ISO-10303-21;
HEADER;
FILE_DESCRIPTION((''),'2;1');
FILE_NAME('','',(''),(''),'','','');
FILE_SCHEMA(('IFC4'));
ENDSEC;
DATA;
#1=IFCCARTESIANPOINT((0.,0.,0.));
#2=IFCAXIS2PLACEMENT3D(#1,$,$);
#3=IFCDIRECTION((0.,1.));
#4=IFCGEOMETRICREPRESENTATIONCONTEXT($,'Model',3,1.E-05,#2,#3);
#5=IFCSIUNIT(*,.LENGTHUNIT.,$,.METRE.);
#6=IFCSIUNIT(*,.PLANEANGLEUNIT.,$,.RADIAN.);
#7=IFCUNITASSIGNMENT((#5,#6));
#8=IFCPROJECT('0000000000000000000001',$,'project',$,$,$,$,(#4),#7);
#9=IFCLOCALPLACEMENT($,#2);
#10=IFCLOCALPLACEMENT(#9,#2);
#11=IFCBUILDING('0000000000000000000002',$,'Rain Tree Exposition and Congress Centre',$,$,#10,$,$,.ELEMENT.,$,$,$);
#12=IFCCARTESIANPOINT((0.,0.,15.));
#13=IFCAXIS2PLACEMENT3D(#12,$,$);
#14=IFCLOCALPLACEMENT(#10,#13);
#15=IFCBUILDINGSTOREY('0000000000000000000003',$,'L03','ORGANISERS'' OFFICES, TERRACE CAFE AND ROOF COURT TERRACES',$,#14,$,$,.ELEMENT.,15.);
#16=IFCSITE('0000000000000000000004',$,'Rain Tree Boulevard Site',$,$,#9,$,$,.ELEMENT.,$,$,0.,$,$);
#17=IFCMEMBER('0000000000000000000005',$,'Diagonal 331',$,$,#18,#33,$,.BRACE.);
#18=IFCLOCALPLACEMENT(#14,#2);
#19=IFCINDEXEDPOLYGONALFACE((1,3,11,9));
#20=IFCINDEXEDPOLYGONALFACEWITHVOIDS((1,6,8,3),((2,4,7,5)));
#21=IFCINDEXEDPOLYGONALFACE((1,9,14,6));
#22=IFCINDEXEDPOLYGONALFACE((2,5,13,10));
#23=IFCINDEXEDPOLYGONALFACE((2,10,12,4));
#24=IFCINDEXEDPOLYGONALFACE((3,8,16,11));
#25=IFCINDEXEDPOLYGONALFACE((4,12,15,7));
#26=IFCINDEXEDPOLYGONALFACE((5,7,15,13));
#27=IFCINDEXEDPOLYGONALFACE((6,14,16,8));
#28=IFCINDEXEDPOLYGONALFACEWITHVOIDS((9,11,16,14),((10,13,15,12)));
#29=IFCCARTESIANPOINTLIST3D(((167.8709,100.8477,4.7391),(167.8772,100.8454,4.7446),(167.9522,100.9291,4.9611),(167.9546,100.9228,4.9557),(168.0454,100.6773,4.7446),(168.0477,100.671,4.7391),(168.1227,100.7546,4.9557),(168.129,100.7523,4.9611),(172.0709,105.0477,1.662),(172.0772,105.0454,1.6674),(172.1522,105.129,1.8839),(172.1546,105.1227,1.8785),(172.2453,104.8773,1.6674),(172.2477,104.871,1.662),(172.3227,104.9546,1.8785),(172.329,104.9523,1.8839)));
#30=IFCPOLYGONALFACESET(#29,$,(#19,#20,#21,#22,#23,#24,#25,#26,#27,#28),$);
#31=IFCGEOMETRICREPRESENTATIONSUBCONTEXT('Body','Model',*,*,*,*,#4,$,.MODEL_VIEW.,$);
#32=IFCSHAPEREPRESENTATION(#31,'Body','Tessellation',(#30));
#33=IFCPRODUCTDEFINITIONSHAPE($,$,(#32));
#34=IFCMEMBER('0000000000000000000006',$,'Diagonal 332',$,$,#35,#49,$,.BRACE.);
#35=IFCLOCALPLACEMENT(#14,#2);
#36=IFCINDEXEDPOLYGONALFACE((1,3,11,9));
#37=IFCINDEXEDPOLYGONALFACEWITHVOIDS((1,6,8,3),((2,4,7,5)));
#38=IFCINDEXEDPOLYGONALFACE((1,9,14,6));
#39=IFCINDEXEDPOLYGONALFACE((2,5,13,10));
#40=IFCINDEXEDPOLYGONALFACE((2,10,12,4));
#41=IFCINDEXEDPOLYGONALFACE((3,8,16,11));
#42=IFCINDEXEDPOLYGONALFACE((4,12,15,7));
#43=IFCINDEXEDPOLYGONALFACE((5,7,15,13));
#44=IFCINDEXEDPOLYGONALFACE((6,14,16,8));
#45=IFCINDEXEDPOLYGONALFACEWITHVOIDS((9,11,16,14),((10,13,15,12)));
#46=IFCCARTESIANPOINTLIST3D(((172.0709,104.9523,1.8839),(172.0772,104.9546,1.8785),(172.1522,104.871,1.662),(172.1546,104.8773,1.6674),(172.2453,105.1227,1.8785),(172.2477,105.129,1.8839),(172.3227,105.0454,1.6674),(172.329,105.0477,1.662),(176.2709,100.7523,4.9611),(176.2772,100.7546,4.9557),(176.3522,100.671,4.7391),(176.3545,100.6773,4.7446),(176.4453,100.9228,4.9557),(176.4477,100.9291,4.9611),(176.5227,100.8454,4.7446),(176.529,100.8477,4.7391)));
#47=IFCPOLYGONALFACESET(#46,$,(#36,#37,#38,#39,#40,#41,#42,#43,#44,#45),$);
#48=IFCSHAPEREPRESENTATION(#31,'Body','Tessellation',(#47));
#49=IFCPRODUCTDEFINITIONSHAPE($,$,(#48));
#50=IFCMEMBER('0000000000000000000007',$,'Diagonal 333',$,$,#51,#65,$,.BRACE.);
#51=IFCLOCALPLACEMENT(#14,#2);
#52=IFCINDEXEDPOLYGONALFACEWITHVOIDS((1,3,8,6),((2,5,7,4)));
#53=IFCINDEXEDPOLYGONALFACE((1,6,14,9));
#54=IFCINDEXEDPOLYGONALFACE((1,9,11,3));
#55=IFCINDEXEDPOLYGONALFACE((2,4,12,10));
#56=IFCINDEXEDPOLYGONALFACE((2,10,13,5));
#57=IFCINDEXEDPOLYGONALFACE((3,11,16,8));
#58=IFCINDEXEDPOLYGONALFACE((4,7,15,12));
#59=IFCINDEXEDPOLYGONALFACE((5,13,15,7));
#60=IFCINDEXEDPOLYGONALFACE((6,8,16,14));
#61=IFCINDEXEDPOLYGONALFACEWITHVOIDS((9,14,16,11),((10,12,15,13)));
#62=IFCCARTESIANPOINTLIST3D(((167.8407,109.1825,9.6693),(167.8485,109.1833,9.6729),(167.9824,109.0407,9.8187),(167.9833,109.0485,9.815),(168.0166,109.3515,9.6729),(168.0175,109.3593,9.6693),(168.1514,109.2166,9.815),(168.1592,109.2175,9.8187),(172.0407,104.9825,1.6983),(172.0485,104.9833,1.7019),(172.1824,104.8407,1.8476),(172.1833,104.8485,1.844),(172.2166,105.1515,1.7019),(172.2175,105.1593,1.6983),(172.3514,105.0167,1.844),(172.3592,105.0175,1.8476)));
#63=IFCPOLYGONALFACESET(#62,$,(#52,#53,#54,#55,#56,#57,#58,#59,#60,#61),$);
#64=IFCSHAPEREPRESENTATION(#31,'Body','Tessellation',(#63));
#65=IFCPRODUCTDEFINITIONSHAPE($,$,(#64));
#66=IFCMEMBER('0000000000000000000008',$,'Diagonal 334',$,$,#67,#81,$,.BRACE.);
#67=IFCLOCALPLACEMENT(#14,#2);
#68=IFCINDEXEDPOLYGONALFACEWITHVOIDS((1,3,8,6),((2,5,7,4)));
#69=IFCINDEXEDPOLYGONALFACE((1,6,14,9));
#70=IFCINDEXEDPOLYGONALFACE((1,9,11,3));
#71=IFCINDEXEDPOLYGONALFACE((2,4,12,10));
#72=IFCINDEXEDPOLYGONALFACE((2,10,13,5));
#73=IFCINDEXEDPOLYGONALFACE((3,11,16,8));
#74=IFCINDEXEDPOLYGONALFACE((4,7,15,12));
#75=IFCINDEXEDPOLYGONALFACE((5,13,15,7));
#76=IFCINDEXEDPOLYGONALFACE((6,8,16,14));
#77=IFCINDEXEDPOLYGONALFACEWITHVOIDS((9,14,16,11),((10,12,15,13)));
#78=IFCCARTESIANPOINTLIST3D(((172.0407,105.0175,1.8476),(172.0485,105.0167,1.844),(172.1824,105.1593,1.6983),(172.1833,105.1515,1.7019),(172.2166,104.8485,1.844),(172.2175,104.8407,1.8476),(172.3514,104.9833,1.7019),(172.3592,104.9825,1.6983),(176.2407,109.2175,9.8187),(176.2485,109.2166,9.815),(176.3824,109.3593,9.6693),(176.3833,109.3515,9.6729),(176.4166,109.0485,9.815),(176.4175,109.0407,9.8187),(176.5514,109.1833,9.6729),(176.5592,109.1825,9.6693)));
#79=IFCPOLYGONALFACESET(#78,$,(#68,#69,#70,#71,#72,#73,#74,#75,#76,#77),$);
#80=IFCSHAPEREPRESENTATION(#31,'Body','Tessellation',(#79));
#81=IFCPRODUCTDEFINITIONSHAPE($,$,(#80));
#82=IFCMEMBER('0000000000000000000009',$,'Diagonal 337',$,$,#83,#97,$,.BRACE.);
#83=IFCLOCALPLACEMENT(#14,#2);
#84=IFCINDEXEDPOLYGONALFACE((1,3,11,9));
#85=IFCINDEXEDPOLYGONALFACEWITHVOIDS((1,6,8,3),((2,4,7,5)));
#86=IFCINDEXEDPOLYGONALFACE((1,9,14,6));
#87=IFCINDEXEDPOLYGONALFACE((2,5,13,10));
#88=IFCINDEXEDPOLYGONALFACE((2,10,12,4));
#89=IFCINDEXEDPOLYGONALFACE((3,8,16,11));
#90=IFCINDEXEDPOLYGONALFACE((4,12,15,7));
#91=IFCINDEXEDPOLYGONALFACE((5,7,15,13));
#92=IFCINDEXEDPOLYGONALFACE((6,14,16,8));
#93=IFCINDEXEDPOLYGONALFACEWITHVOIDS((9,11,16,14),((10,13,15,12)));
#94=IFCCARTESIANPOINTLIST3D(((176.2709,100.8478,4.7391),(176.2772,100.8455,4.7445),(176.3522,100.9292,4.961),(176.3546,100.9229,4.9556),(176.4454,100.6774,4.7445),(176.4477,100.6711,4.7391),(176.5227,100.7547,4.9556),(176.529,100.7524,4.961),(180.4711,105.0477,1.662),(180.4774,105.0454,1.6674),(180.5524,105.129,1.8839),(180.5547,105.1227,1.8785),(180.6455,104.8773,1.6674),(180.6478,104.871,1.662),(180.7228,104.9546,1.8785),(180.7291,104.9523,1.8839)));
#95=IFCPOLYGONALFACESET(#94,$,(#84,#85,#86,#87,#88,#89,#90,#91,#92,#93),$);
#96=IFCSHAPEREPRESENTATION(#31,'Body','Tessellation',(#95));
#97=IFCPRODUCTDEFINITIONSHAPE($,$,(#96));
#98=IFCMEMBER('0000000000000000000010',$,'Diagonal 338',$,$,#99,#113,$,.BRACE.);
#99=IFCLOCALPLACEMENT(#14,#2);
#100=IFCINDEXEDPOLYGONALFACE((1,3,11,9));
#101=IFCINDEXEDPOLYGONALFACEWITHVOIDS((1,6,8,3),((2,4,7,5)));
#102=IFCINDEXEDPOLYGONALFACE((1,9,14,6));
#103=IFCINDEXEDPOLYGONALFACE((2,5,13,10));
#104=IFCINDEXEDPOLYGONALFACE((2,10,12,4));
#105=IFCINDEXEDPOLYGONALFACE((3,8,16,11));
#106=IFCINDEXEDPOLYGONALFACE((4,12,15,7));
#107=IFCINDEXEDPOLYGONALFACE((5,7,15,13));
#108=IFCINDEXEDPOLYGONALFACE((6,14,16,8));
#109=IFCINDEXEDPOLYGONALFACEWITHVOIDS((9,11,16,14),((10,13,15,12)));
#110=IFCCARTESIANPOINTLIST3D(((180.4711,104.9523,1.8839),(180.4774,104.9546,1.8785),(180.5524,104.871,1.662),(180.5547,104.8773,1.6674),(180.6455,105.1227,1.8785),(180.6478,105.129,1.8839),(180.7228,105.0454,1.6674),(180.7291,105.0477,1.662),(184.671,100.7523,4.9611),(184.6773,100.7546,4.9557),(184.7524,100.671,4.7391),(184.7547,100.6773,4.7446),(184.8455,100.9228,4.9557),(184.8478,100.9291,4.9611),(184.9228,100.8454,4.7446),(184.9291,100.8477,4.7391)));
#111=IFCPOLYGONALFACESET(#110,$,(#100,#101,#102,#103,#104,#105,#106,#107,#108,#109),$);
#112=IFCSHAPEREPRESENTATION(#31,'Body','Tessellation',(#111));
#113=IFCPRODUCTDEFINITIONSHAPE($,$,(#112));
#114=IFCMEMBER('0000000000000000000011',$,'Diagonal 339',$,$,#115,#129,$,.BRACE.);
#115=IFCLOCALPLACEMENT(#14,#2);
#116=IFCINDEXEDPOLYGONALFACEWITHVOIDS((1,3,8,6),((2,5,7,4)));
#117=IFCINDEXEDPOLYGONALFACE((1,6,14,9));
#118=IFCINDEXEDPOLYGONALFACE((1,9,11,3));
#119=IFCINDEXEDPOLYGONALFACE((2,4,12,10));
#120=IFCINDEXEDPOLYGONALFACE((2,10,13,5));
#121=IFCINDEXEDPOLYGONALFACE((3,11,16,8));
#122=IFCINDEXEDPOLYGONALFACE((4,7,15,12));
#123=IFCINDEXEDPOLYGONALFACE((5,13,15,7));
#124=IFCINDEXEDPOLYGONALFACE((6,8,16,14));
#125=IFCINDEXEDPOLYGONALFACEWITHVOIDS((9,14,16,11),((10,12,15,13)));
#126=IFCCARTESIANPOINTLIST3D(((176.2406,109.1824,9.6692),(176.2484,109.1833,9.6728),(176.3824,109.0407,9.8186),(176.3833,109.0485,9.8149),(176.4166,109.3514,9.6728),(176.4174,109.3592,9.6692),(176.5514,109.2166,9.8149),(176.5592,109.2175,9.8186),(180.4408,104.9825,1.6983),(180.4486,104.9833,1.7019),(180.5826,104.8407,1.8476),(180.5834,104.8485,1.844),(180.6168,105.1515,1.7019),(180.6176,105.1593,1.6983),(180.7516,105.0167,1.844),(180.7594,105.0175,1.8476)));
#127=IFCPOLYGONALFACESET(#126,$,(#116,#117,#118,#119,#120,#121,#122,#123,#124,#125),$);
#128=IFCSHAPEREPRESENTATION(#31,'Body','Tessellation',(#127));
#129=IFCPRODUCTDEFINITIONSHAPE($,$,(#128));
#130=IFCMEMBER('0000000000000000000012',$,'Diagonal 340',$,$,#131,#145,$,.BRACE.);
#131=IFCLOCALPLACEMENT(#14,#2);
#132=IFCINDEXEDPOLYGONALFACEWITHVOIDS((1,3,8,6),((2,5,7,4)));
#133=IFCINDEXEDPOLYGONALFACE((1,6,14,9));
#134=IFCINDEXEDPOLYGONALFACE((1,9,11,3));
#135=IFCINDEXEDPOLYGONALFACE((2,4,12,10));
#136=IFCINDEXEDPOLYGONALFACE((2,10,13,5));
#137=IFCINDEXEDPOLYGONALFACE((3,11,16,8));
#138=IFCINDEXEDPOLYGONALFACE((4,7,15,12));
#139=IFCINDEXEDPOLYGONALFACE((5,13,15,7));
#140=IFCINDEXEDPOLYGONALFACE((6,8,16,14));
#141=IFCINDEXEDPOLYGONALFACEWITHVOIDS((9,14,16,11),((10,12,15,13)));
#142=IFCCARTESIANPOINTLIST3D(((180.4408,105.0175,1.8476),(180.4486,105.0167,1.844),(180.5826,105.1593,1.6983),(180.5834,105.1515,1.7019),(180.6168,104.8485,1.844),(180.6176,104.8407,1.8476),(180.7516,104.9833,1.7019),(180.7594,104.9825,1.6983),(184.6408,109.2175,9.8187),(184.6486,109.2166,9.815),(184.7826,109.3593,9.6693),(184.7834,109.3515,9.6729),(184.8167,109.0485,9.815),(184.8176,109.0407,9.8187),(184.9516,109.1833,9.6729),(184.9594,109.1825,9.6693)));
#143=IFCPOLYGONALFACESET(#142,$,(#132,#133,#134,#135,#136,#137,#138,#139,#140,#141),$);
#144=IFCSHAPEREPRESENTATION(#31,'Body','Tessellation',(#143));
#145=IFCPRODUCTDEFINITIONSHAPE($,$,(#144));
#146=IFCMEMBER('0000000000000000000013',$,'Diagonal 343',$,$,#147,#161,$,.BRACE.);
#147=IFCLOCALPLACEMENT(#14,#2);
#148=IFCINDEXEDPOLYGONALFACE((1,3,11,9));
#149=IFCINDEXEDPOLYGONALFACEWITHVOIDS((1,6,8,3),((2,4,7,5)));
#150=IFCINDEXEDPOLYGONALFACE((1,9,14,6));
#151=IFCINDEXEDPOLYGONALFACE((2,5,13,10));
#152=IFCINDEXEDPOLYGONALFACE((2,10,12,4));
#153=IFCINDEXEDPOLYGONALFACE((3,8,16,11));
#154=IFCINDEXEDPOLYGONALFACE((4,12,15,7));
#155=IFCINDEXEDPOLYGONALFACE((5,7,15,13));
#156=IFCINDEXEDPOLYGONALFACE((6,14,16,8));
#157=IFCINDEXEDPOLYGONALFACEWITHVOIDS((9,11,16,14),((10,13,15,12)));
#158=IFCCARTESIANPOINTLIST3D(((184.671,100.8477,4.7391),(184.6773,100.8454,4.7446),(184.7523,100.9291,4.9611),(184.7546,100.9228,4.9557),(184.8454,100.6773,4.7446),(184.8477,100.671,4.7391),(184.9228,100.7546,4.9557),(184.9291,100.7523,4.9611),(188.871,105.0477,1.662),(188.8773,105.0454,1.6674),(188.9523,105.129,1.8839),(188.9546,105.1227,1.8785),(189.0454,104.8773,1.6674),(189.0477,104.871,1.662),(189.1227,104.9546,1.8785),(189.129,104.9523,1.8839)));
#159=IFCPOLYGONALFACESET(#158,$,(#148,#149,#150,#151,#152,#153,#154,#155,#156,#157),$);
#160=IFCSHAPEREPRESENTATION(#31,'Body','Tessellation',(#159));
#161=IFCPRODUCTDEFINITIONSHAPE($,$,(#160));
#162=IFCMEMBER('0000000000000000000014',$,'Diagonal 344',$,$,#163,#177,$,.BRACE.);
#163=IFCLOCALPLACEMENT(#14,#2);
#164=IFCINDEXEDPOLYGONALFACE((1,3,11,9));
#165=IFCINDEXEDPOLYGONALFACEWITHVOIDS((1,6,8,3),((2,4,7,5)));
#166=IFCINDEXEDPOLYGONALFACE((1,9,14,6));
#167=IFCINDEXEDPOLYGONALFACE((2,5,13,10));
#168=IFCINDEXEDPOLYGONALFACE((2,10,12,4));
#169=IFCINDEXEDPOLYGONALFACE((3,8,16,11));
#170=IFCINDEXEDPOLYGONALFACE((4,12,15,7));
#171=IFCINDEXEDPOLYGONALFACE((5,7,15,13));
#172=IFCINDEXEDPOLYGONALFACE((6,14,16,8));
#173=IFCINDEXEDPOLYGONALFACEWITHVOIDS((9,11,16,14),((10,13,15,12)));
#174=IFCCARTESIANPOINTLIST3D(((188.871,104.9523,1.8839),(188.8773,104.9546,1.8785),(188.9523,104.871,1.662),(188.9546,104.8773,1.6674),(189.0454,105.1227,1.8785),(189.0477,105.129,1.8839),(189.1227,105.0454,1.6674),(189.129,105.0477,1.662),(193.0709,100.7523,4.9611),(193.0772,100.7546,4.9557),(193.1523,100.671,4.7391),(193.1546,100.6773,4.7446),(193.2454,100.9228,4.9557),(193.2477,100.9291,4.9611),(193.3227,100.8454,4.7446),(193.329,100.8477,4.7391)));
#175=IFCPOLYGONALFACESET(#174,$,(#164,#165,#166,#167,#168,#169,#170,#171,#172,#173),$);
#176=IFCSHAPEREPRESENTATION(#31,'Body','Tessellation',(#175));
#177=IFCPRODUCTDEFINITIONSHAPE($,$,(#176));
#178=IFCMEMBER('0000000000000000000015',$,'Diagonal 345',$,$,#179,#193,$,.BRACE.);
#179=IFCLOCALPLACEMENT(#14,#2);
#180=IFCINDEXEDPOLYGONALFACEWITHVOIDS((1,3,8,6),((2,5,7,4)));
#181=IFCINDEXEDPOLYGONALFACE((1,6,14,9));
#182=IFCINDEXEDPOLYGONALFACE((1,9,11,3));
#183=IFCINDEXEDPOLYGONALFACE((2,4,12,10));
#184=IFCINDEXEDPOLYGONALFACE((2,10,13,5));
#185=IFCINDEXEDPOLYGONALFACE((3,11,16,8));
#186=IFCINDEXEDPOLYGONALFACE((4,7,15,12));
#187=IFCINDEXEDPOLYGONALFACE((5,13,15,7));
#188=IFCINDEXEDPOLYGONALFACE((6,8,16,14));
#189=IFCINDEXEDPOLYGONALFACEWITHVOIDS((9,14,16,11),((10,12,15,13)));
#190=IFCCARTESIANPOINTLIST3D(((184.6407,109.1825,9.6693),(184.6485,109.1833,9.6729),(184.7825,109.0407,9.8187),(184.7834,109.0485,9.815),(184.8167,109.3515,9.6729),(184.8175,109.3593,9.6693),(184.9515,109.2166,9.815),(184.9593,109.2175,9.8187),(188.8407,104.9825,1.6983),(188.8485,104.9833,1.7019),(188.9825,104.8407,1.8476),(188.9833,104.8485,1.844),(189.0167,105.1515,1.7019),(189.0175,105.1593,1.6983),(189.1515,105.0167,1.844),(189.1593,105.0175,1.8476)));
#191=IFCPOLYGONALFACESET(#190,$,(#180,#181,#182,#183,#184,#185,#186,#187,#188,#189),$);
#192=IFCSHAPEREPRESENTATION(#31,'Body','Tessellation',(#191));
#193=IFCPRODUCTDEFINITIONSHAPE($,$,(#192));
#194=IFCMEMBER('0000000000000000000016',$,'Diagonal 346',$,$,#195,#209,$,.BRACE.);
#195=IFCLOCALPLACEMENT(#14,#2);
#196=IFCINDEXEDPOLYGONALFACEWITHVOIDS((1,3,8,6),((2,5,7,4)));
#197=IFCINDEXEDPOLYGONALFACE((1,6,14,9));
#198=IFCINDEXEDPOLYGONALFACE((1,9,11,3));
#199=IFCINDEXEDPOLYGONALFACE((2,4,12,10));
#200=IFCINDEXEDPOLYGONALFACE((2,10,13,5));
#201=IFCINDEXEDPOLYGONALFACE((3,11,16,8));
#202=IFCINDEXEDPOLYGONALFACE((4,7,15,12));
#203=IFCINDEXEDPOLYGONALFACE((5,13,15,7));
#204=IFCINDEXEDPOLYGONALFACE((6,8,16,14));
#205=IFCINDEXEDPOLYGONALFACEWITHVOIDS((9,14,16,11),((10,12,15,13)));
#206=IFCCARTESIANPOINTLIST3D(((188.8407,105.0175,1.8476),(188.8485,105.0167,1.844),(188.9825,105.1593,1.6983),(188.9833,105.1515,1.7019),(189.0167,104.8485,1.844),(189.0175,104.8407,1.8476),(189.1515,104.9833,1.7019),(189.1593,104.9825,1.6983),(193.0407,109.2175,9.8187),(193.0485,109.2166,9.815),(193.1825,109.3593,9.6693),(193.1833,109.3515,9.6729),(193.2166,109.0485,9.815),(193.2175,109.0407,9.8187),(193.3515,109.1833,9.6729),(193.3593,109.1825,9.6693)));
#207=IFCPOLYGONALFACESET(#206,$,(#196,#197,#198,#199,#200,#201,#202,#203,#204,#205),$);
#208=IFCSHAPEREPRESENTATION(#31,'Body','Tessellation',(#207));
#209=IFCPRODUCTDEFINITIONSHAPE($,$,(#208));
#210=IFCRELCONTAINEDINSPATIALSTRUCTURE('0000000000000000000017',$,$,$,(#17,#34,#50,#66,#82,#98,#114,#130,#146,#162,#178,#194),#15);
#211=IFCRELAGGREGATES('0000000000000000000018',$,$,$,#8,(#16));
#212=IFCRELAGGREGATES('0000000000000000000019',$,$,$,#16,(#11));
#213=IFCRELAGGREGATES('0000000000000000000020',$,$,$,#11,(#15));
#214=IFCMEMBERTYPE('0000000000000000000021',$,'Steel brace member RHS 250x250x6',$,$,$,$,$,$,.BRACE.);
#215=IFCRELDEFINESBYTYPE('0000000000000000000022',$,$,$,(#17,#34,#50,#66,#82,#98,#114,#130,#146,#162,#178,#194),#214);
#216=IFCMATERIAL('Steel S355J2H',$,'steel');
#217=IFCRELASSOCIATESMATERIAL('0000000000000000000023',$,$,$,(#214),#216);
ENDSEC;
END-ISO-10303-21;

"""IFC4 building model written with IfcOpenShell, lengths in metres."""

from ifc_helpers import new_model, si_unit, direction, frame, origin, origin_2d, place, context, subcontext, project, spatial, hollow_rectangle, extrude, material, material_profile, profile_set, type_object, element, save


model = new_model("IFC4")

# Units and contexts
model_context = context("Model", 3, precision=1e-05, world=origin(), true_north=direction((0.0, 1.0)))
body_context = subcontext(model_context, "Body", "Model", "MODEL_VIEW")
ifc_project = project(units=[si_unit("LENGTHUNIT", "METRE"), si_unit("PLANEANGLEUNIT", "RADIAN")], contexts=[model_context])

# Site, building, storey
site_placement = place(None, origin())
site = spatial("IfcSite", under=ifc_project, at=site_placement, Name="Rain Tree Boulevard Site", CompositionType="ELEMENT", RefElevation=0.0)
building_placement = place(site_placement, origin())
building = spatial("IfcBuilding", under=site, at=building_placement, Name="Rain Tree Exposition and Congress Centre", CompositionType="ELEMENT")
storey_placement = place(building_placement, frame((0.0, 0.0, 15.0)))
storey = spatial("IfcBuildingStorey", under=building, at=storey_placement, Name="L03", Description="ORGANISERS' OFFICES, TERRACE CAFE AND ROOF COURT TERRACES", CompositionType="ELEMENT", Elevation=15.0)

# Members
ifc_material_1 = material(Name="Steel S355J2H", Category="steel")
ifc_material_profile_1 = material_profile(ifc_material_1, hollow_rectangle(XDim=0.25, YDim=0.25, WallThickness=0.0061, at=origin_2d()), Name="RHS 250x250x6")
ifc_profile_set_1 = profile_set([ifc_material_profile_1], Name="Steel S355J2H")
member_type_1 = type_object("IfcMemberType", Name="Steel brace member RHS 250x250x6", PredefinedType="BRACE", material=ifc_profile_set_1)
for number, where, z_axis, x_axis, name in (
    (1, (172.2, 105.0, 1.7729), (-0.627852, -0.627852, 0.460004), (0.707107, -0.707107, 0.0), "Diagonal 331"),
    (2, (172.2, 105.0, 1.7729), (0.627852, -0.627852, 0.460004), (0.707107, 0.707107, 0.0), "Diagonal 332"),
):
    element("IfcMember", number, at=place(storey_placement, frame(where, z_axis=z_axis, x_axis=x_axis)), inside=storey, type_object=member_type_1, Name=name, PredefinedType="BRACE", context=body_context, shape_type="SweptSolid", body=[
        extrude(hollow_rectangle(XDim=0.25, YDim=0.25, WallThickness=0.0061, at=origin_2d()), origin(), (0.0, 0.0, 1.0), 6.6895),
    ])
for number, where, z_axis, x_axis, name in (
    (3, (172.2, 105.0, 1.7729), (-0.422506, 0.422506, 0.801859), (-0.707107, -0.707107, 0.0), "Diagonal 333"),
    (4, (172.2, 105.0, 1.7729), (0.422506, 0.422506, 0.801859), (-0.707107, 0.707107, 0.0), "Diagonal 334"),
):
    element("IfcMember", number, at=place(storey_placement, frame(where, z_axis=z_axis, x_axis=x_axis)), inside=storey, type_object=member_type_1, Name=name, PredefinedType="BRACE", context=body_context, shape_type="SweptSolid", body=[
        extrude(hollow_rectangle(XDim=0.25, YDim=0.25, WallThickness=0.0061, at=origin_2d()), origin(), (0.0, 0.0, 1.0), 9.9407),
    ])
for number, where, z_axis, x_axis, name in (
    (5, (180.6001, 105.0, 1.7729), (-0.627874, -0.627838, 0.459993), (0.707086, -0.707127, 0.0), "Diagonal 337"),
    (6, (180.6001, 105.0, 1.7729), (0.627852, -0.627852, 0.460004), (0.707107, 0.707107, 0.0), "Diagonal 338"),
):
    element("IfcMember", number, at=place(storey_placement, frame(where, z_axis=z_axis, x_axis=x_axis)), inside=storey, type_object=member_type_1, Name=name, PredefinedType="BRACE", context=body_context, shape_type="SweptSolid", body=[
        extrude(hollow_rectangle(XDim=0.25, YDim=0.25, WallThickness=0.0061, at=origin_2d()), origin(), (0.0, 0.0, 1.0), 6.6895),
    ])
for number, where, z_axis, x_axis, name in (
    (7, (180.6001, 105.0, 1.7729), (-0.422526, 0.422501, 0.801851), (-0.707086, -0.707127, 0.0), "Diagonal 339"),
    (8, (180.6001, 105.0, 1.7729), (0.422506, 0.422506, 0.801859), (-0.707107, 0.707107, 0.0), "Diagonal 340"),
):
    element("IfcMember", number, at=place(storey_placement, frame(where, z_axis=z_axis, x_axis=x_axis)), inside=storey, type_object=member_type_1, Name=name, PredefinedType="BRACE", context=body_context, shape_type="SweptSolid", body=[
        extrude(hollow_rectangle(XDim=0.25, YDim=0.25, WallThickness=0.0061, at=origin_2d()), origin(), (0.0, 0.0, 1.0), 9.9407),
    ])
for number, where, z_axis, x_axis, name in (
    (9, (189.0, 105.0, 1.7729), (-0.627852, -0.627852, 0.460004), (0.707107, -0.707107, 0.0), "Diagonal 343"),
    (10, (189.0, 105.0, 1.7729), (0.627852, -0.627852, 0.460004), (0.707107, 0.707107, 0.0), "Diagonal 344"),
):
    element("IfcMember", number, at=place(storey_placement, frame(where, z_axis=z_axis, x_axis=x_axis)), inside=storey, type_object=member_type_1, Name=name, PredefinedType="BRACE", context=body_context, shape_type="SweptSolid", body=[
        extrude(hollow_rectangle(XDim=0.25, YDim=0.25, WallThickness=0.0061, at=origin_2d()), origin(), (0.0, 0.0, 1.0), 6.6895),
    ])
for number, where, z_axis, x_axis, name in (
    (11, (189.0, 105.0, 1.7729), (-0.422506, 0.422506, 0.801859), (-0.707107, -0.707107, 0.0), "Diagonal 345"),
    (12, (189.0, 105.0, 1.7729), (0.422506, 0.422506, 0.801859), (-0.707107, 0.707107, 0.0), "Diagonal 346"),
):
    element("IfcMember", number, at=place(storey_placement, frame(where, z_axis=z_axis, x_axis=x_axis)), inside=storey, type_object=member_type_1, Name=name, PredefinedType="BRACE", context=body_context, shape_type="SweptSolid", body=[
        extrude(hollow_rectangle(XDim=0.25, YDim=0.25, WallThickness=0.0061, at=origin_2d()), origin(), (0.0, 0.0, 1.0), 9.9407),
    ])

save(model, "model.ifc")
